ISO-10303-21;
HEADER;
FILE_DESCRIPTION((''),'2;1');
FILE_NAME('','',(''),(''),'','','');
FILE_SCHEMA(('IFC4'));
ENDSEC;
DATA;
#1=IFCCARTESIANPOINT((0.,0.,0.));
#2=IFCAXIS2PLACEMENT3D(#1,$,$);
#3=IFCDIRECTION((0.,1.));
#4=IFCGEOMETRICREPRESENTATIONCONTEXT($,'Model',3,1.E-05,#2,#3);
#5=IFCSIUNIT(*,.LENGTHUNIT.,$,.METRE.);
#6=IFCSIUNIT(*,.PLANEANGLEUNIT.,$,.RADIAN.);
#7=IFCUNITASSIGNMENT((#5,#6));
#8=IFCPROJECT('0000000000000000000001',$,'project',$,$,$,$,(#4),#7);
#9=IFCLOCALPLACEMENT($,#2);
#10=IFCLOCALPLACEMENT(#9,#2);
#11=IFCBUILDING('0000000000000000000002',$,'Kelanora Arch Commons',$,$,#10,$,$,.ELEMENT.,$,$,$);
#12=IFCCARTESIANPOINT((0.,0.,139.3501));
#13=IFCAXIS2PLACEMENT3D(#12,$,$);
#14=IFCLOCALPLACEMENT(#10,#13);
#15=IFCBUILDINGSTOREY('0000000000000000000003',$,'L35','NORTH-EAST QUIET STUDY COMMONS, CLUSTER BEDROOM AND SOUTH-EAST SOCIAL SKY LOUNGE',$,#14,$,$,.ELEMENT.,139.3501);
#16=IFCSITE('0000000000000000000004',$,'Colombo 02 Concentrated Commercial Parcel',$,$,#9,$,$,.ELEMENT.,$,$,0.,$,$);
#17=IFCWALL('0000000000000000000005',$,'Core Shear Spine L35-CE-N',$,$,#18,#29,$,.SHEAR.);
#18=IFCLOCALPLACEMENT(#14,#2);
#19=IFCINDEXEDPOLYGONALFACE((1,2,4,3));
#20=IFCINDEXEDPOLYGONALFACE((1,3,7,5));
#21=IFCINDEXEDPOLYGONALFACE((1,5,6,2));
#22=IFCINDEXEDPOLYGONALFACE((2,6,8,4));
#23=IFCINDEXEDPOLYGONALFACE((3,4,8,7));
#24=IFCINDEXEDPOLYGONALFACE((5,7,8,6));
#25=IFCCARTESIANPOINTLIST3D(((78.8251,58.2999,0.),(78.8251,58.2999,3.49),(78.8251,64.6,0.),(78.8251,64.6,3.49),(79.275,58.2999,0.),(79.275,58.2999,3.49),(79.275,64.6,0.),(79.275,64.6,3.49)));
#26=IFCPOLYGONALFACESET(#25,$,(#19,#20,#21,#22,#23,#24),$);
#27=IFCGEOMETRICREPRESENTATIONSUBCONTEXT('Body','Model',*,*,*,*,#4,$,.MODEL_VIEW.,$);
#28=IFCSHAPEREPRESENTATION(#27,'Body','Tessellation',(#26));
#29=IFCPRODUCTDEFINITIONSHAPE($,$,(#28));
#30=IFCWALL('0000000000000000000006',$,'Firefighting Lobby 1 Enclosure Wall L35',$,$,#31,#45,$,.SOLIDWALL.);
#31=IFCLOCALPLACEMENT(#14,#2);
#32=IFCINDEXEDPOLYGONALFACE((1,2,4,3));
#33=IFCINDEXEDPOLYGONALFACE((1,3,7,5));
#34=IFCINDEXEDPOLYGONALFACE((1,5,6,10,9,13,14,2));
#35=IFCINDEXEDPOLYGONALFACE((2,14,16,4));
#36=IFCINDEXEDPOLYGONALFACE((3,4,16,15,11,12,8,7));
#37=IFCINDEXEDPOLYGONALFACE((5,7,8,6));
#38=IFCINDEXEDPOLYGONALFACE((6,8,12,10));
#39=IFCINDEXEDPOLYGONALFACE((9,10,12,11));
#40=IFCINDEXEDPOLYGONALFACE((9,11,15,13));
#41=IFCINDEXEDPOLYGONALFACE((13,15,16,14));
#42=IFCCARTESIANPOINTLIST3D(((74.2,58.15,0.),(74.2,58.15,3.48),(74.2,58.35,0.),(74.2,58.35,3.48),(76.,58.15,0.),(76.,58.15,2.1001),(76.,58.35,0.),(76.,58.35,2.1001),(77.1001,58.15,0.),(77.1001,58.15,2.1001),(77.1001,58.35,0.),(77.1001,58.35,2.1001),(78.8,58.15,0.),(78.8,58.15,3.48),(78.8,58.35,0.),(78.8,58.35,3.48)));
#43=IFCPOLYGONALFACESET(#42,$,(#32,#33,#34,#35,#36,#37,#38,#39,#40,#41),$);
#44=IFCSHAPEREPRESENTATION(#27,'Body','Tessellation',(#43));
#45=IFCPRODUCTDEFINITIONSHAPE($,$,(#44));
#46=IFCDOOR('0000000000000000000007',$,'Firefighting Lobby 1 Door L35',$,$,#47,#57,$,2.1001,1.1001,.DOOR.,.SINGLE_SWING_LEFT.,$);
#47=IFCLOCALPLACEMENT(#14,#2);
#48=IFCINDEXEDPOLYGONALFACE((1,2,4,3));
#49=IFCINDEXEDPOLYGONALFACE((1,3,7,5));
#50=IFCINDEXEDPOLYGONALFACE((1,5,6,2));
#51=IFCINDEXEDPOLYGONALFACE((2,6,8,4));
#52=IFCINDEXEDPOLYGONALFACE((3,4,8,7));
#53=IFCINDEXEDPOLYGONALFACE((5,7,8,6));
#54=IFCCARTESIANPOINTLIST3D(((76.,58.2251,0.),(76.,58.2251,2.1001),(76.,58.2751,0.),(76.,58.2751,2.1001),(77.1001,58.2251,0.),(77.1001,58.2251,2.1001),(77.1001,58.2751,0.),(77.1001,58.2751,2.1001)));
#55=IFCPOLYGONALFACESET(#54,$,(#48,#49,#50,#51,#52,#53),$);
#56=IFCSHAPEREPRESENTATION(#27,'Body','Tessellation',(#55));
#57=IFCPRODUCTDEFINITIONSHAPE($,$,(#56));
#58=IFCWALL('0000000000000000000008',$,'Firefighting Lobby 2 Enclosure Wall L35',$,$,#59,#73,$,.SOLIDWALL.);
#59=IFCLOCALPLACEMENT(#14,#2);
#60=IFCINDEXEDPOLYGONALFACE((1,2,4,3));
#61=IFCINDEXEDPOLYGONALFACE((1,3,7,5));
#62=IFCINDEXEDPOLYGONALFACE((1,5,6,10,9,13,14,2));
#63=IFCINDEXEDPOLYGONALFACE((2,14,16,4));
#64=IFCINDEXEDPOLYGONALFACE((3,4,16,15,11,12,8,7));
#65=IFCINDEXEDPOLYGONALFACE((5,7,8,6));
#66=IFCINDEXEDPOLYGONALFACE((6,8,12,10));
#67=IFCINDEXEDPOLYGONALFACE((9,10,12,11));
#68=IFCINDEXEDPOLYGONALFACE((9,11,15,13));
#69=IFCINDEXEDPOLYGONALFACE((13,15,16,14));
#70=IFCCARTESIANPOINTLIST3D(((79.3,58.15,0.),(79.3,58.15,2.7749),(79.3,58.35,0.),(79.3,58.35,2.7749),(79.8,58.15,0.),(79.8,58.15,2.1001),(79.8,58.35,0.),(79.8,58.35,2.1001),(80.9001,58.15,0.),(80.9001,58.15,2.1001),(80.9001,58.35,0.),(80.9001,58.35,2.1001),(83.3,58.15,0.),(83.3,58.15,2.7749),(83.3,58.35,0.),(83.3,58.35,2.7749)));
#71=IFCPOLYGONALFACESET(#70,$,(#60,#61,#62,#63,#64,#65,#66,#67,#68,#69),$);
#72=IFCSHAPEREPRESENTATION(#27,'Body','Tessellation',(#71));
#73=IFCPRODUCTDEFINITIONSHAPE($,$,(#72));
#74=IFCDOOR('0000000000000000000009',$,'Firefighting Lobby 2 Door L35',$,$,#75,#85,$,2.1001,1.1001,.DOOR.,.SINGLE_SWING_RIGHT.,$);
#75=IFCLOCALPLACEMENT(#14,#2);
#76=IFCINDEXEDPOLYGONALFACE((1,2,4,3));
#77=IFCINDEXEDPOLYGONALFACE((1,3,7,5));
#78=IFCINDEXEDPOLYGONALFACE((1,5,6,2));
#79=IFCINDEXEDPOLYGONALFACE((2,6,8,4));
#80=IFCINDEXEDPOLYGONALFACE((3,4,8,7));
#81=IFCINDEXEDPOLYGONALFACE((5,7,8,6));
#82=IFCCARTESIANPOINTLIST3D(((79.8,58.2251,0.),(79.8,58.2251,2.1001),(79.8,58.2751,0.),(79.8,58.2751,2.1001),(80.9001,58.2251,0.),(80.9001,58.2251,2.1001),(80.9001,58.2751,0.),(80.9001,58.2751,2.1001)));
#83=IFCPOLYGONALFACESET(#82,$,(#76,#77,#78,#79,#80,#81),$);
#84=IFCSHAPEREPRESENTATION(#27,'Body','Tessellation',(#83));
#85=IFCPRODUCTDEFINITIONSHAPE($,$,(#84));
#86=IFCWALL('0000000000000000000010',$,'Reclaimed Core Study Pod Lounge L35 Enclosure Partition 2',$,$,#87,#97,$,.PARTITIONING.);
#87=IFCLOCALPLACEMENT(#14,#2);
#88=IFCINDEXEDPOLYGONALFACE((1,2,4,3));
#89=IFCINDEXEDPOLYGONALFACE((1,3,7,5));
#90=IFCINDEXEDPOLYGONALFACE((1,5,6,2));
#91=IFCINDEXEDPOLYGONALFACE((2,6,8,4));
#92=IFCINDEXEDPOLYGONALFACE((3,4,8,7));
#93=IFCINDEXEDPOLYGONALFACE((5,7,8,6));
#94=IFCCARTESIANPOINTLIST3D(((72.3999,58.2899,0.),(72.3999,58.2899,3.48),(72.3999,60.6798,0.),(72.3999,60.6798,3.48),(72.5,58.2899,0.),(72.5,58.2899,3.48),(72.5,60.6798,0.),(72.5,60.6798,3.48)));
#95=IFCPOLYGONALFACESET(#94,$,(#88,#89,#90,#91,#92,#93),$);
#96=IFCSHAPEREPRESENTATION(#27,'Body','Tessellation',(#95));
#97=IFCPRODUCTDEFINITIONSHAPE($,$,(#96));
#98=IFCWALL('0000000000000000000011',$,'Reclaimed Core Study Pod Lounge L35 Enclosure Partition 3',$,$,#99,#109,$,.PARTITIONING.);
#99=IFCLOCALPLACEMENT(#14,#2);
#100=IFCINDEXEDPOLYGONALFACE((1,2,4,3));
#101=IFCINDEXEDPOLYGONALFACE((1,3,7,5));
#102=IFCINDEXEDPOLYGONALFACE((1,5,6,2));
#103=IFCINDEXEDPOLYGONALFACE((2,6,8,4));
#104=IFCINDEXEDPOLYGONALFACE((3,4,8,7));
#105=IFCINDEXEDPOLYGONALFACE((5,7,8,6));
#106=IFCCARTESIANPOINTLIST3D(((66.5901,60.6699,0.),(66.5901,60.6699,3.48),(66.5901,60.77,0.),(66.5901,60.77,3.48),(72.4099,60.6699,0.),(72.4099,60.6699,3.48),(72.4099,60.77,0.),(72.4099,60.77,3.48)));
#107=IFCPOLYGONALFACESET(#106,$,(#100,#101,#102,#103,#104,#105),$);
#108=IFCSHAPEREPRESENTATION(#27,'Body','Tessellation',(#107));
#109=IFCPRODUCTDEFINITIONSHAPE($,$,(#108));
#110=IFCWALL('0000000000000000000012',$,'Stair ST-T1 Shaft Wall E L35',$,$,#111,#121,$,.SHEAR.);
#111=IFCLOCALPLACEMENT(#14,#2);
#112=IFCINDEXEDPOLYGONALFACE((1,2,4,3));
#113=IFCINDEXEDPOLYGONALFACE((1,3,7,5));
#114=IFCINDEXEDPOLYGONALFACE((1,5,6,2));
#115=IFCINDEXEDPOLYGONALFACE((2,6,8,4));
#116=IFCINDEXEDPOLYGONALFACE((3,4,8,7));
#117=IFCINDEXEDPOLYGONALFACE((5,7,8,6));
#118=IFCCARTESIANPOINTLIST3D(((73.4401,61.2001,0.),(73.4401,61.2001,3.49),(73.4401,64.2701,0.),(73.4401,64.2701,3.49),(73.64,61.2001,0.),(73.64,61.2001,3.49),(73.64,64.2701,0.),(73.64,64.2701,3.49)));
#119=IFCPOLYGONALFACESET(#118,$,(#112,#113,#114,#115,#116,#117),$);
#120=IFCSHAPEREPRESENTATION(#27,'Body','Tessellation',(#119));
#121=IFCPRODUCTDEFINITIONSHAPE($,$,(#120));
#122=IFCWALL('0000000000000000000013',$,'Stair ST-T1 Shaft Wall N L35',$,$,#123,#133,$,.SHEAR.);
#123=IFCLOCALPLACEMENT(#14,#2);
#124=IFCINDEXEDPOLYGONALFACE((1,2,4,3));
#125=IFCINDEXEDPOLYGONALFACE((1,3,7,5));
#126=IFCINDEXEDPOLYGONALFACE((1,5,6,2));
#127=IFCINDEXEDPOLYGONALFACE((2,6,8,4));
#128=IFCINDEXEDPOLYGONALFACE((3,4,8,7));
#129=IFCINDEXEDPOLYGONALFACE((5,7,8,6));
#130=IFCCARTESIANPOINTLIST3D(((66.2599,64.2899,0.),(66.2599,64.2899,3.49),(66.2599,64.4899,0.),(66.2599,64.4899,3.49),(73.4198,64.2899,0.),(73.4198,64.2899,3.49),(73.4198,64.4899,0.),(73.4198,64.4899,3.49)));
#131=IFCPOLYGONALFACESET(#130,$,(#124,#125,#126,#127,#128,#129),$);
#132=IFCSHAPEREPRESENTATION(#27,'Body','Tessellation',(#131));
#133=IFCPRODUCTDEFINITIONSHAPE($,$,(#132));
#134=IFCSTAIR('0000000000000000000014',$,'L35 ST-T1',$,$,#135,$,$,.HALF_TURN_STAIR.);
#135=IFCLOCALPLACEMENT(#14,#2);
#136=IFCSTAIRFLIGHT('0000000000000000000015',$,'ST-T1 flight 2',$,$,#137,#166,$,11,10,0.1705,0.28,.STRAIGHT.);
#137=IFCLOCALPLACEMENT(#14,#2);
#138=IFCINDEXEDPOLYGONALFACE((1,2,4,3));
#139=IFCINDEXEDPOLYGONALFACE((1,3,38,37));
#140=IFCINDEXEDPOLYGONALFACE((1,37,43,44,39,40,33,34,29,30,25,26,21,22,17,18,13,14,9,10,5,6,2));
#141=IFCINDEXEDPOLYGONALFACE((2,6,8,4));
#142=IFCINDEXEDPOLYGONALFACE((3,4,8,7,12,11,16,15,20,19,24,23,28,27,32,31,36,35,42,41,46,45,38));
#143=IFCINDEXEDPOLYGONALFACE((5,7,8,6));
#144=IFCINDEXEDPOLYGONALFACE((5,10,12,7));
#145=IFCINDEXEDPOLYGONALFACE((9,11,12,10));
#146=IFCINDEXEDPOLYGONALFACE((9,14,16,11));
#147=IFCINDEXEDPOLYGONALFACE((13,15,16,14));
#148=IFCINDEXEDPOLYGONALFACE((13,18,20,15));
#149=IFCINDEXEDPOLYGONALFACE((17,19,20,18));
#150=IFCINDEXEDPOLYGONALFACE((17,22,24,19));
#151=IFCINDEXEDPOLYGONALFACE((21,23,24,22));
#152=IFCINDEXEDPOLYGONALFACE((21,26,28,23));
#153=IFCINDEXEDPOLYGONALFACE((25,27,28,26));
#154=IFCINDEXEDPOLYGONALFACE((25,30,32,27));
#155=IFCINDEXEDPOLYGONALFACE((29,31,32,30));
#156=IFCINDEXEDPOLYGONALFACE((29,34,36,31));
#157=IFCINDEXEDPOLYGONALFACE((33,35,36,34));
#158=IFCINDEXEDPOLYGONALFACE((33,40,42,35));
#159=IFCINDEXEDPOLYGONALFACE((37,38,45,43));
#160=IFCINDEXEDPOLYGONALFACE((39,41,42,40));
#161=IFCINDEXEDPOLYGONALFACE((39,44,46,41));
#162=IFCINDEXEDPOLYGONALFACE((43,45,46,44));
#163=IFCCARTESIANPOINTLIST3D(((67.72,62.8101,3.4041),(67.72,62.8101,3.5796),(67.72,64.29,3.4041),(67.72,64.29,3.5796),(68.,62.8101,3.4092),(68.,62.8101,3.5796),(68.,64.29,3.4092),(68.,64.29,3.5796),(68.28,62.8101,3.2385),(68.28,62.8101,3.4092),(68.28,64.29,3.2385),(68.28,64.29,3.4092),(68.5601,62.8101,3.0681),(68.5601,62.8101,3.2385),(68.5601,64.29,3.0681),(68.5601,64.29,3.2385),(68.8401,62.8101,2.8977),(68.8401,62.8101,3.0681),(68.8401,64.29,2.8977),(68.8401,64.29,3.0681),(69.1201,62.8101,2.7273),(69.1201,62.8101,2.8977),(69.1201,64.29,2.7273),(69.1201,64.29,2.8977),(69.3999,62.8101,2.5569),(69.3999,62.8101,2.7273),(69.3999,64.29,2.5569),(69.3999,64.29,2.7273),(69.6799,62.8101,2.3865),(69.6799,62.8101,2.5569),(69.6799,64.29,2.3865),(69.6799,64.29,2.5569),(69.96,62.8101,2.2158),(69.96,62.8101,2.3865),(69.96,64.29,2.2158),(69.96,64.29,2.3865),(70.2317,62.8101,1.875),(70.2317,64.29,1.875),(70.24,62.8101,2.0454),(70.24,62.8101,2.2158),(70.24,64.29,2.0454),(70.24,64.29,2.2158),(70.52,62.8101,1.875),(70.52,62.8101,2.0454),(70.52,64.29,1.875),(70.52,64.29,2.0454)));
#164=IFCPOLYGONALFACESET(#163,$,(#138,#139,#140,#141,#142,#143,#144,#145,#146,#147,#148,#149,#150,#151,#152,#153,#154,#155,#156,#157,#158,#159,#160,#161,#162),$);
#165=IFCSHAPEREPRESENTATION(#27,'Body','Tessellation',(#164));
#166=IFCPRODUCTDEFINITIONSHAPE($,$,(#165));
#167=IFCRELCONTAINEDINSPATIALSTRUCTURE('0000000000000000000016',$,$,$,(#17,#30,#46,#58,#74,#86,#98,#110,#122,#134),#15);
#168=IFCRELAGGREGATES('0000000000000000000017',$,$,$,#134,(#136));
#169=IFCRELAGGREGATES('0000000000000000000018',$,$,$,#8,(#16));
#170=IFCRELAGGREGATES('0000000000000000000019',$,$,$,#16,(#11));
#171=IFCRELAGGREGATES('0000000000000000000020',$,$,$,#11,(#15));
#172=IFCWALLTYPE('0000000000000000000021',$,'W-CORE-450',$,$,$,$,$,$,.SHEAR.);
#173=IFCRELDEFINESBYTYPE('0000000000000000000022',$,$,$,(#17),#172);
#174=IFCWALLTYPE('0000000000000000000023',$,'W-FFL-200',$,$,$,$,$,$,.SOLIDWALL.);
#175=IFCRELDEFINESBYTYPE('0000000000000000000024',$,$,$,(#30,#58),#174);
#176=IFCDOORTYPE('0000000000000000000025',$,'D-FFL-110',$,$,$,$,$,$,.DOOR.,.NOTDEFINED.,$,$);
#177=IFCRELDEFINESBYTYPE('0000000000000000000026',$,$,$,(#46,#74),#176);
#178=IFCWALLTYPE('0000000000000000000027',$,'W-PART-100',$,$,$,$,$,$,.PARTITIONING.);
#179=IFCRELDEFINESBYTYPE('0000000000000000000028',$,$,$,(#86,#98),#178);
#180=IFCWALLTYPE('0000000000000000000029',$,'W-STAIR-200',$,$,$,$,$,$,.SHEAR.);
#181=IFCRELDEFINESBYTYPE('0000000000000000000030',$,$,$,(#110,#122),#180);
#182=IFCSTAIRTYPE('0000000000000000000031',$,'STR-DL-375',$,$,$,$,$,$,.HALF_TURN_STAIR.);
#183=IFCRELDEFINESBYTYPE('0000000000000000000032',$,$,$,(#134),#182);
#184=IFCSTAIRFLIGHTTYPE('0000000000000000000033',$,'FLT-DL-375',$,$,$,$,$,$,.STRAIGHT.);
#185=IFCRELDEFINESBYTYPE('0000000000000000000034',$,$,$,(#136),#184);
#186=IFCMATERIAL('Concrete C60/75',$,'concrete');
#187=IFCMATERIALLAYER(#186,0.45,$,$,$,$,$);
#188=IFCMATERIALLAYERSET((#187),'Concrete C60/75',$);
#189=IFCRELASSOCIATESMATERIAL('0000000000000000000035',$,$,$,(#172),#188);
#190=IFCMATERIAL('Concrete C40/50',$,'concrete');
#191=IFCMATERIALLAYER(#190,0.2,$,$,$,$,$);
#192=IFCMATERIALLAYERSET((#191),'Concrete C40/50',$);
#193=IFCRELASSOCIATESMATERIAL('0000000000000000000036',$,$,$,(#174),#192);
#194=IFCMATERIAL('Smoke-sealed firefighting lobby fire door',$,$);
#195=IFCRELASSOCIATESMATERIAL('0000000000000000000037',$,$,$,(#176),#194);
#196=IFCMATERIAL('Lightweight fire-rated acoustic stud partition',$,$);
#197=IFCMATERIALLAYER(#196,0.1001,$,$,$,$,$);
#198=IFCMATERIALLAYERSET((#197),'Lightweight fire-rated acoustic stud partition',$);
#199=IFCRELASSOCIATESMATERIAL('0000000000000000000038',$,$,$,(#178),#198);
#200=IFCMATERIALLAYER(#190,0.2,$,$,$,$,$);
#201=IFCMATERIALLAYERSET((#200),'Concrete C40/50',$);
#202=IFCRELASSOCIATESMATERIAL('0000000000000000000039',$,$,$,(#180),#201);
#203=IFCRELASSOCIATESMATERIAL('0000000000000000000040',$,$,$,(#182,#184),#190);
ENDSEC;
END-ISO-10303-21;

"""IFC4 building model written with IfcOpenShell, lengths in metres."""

from ifc_helpers import new_model, si_unit, direction, frame, frame_2d, origin, place, context, subcontext, project, spatial, polyline, rectangle, outline, extrude, material, layer, layer_set, type_object, element, fill, aggregate, save


model = new_model("IFC4")

# Units and contexts
model_context = context("Model", 3, precision=1e-05, world=origin(), true_north=direction((0.0, 1.0)))
body_context = subcontext(model_context, "Body", "Model", "MODEL_VIEW")
ifc_project = project(units=[si_unit("LENGTHUNIT", "METRE"), si_unit("PLANEANGLEUNIT", "RADIAN")], contexts=[model_context])

# Site, building, storey
site_placement = place(None, origin())
site = spatial("IfcSite", under=ifc_project, at=site_placement, Name="Colombo 02 Concentrated Commercial Parcel", CompositionType="ELEMENT", RefElevation=0.0)
building_placement = place(site_placement, origin())
building = spatial("IfcBuilding", under=site, at=building_placement, Name="Kelanora Arch Commons", CompositionType="ELEMENT")
storey_placement = place(building_placement, frame((0.0, 0.0, 139.3501)))
storey = spatial("IfcBuildingStorey", under=building, at=storey_placement, Name="L35", Description="NORTH-EAST QUIET STUDY COMMONS, CLUSTER BEDROOM AND SOUTH-EAST SOCIAL SKY LOUNGE", CompositionType="ELEMENT", Elevation=139.3501)

# Shared definitions
ifc_material_1 = material(Name="Concrete C60/75", Category="concrete")

# Wall
ifc_layer_1 = layer(ifc_material_1, 0.45)
ifc_layer_set_1 = layer_set([ifc_layer_1], Name="Concrete C60/75")
wall_type_1 = type_object("IfcWallType", Name="W-CORE-450", PredefinedType="SHEAR", material=ifc_layer_set_1)
wall_1_placement = place(storey_placement, frame((79.05, 58.3, 0.0), z_axis=(0.0, 0.0, 1.0), x_axis=(0.0, 1.0, 0.0)))
element("IfcWall", 1, at=wall_1_placement, inside=storey, type_object=wall_type_1, Name="Core Shear Spine L35-CE-N", PredefinedType="SHEAR", context=body_context, shape_type="SweptSolid", body=[
    extrude(rectangle(XDim=6.3, YDim=0.45, at=frame_2d((3.1499, 0.0))), origin(), (0.0, 0.0, 1.0), 3.49),
])

# Walls, openings, doors
ifc_material_2 = material(Name="Concrete C40/50", Category="concrete")
ifc_layer_2 = layer(ifc_material_2, 0.2)
ifc_layer_set_2 = layer_set([ifc_layer_2], Name="Concrete C40/50")
wall_type_2 = type_object("IfcWallType", Name="W-FFL-200", PredefinedType="SOLIDWALL", material=ifc_layer_set_2)
wall_2_placement = place(storey_placement, frame((74.2, 58.25, 0.0), z_axis=(0.0, 0.0, 1.0), x_axis=(1.0, 0.0, 0.0)))
wall_2 = element("IfcWall", 2, at=wall_2_placement, inside=storey, type_object=wall_type_2, Name="Firefighting Lobby 1 Enclosure Wall L35", PredefinedType="SOLIDWALL", context=body_context, shape_type="SweptSolid", body=[
    extrude(rectangle(XDim=4.6001, YDim=0.2, at=frame_2d((2.3, 0.0))), origin(), (0.0, 0.0, 1.0), 3.48),
])
opening_1_placement = place(wall_2_placement, frame((1.8, 0.0, 0.0)))
opening_1 = element("IfcOpeningElement", 3, at=opening_1_placement, cuts=wall_2, PredefinedType="OPENING", context=body_context, shape_type="SweptSolid", body=[
    extrude(rectangle(XDim=1.1001, YDim=2.1001, at=frame_2d((0.55, 1.05))), frame((0.0, 0.1099, 0.0), z_axis=(0.0, -1.0, 0.0), x_axis=(1.0, 0.0, 0.0)), (0.0, 0.0, 1.0), 0.22),
])
ifc_material_3 = material(Name="Smoke-sealed firefighting lobby fire door")
door_type_1 = type_object("IfcDoorType", Name="D-FFL-110", OperationType="NOTDEFINED", PredefinedType="DOOR", material=ifc_material_3)
door_1_placement = place(opening_1_placement, frame((1.1001, 0.0, 0.0), z_axis=(0.0, 0.0, 1.0), x_axis=(-1.0, 0.0, 0.0)))
door_1 = element("IfcDoor", 4, at=door_1_placement, inside=storey, type_object=door_type_1, Name="Firefighting Lobby 1 Door L35", OperationType="SINGLE_SWING_LEFT", OverallHeight=2.1001, OverallWidth=1.1001, PredefinedType="DOOR", context=body_context, shape_type="SweptSolid", body=[
    extrude(rectangle(XDim=1.1001, YDim=2.1001, at=frame_2d((0.55, 1.05))), frame((0.0, 0.0249, 0.0), z_axis=(0.0, -1.0, 0.0), x_axis=(1.0, 0.0, 0.0)), (0.0, 0.0, 1.0), 0.05),
])
fill(opening_1, door_1)
wall_3_placement = place(storey_placement, frame((79.3, 58.25, 0.0), z_axis=(0.0, 0.0, 1.0), x_axis=(1.0, 0.0, 0.0)))
wall_3 = element("IfcWall", 5, at=wall_3_placement, inside=storey, type_object=wall_type_2, Name="Firefighting Lobby 2 Enclosure Wall L35", PredefinedType="SOLIDWALL", context=body_context, shape_type="SweptSolid", body=[
    extrude(rectangle(XDim=4.0, YDim=0.2, at=frame_2d((2.0, 0.0))), origin(), (0.0, 0.0, 1.0), 2.7749),
])
opening_2_placement = place(wall_3_placement, frame((0.5, 0.0, 0.0)))
opening_2 = element("IfcOpeningElement", 6, at=opening_2_placement, cuts=wall_3, PredefinedType="OPENING", context=body_context, shape_type="SweptSolid", body=[
    extrude(rectangle(XDim=1.1001, YDim=2.1001, at=frame_2d((0.55, 1.05))), frame((0.0, 0.1099, 0.0), z_axis=(0.0, -1.0, 0.0), x_axis=(1.0, 0.0, 0.0)), (0.0, 0.0, 1.0), 0.22),
])
door_2_placement = place(opening_2_placement, frame((1.1001, 0.0, 0.0), z_axis=(0.0, 0.0, 1.0), x_axis=(-1.0, 0.0, 0.0)))
door_2 = element("IfcDoor", 7, at=door_2_placement, inside=storey, type_object=door_type_1, Name="Firefighting Lobby 2 Door L35", OperationType="SINGLE_SWING_RIGHT", OverallHeight=2.1001, OverallWidth=1.1001, PredefinedType="DOOR", context=body_context, shape_type="SweptSolid", body=[
    extrude(rectangle(XDim=1.1001, YDim=2.1001, at=frame_2d((0.55, 1.05))), frame((0.0, 0.0249, 0.0), z_axis=(0.0, -1.0, 0.0), x_axis=(1.0, 0.0, 0.0)), (0.0, 0.0, 1.0), 0.05),
])
fill(opening_2, door_2)

# Walls
ifc_material_4 = material(Name="Lightweight fire-rated acoustic stud partition")
ifc_layer_3 = layer(ifc_material_4, 0.1001)
ifc_layer_set_3 = layer_set([ifc_layer_3], Name="Lightweight fire-rated acoustic stud partition")
wall_type_3 = type_object("IfcWallType", Name="W-PART-100", PredefinedType="PARTITIONING", material=ifc_layer_set_3)
wall_4_placement = place(storey_placement, frame((72.45, 58.29, 0.0), z_axis=(0.0, 0.0, 1.0), x_axis=(0.0, 1.0, 0.0)))
element("IfcWall", 8, at=wall_4_placement, inside=storey, type_object=wall_type_3, Name="Reclaimed Core Study Pod Lounge L35 Enclosure Partition 2", PredefinedType="PARTITIONING", context=body_context, shape_type="SweptSolid", body=[
    extrude(rectangle(XDim=2.3899, YDim=0.1001, at=frame_2d((1.1948, 0.0))), origin(), (0.0, 0.0, 1.0), 3.48),
])
wall_5_placement = place(storey_placement, frame((72.4099, 60.72, 0.0), z_axis=(0.0, 0.0, 1.0), x_axis=(-1.0, 0.0, 0.0)))
element("IfcWall", 9, at=wall_5_placement, inside=storey, type_object=wall_type_3, Name="Reclaimed Core Study Pod Lounge L35 Enclosure Partition 3", PredefinedType="PARTITIONING", context=body_context, shape_type="SweptSolid", body=[
    extrude(rectangle(XDim=5.8198, YDim=0.1001, at=frame_2d((2.9099, 0.0))), origin(), (0.0, 0.0, 1.0), 3.48),
])
ifc_layer_4 = layer(ifc_material_2, 0.2)
ifc_layer_set_4 = layer_set([ifc_layer_4], Name="Concrete C40/50")
wall_type_4 = type_object("IfcWallType", Name="W-STAIR-200", PredefinedType="SHEAR", material=ifc_layer_set_4)
wall_6_placement = place(storey_placement, frame((73.54, 61.2, 0.0), z_axis=(0.0, 0.0, 1.0), x_axis=(0.0, 1.0, 0.0)))
element("IfcWall", 10, at=wall_6_placement, inside=storey, type_object=wall_type_4, Name="Stair ST-T1 Shaft Wall E L35", PredefinedType="SHEAR", context=body_context, shape_type="SweptSolid", body=[
    extrude(rectangle(XDim=3.0701, YDim=0.2, at=frame_2d((1.5352, 0.0))), origin(), (0.0, 0.0, 1.0), 3.49),
])
wall_7_placement = place(storey_placement, frame((73.4199, 64.3899, 0.0), z_axis=(0.0, 0.0, 1.0), x_axis=(-1.0, 0.0, 0.0)))
element("IfcWall", 11, at=wall_7_placement, inside=storey, type_object=wall_type_4, Name="Stair ST-T1 Shaft Wall N L35", PredefinedType="SHEAR", context=body_context, shape_type="SweptSolid", body=[
    extrude(rectangle(XDim=7.1599, YDim=0.2, at=frame_2d((3.5801, 0.0))), origin(), (0.0, 0.0, 1.0), 3.49),
])

# Stair, stair flight
stair_type = type_object("IfcStairType", Name="STR-DL-375", PredefinedType="HALF_TURN_STAIR", material=ifc_material_2)
stair_placement = place(storey_placement, origin())
stair = element("IfcStair", 12, at=stair_placement, inside=storey, type_object=stair_type, Name="L35 ST-T1", PredefinedType="HALF_TURN_STAIR")
stair_flight_type = type_object("IfcStairFlightType", Name="FLT-DL-375", PredefinedType="STRAIGHT", material=ifc_material_2)
stair_flight_placement = place(storey_placement, frame((70.52, 63.55, 1.875), z_axis=(0.0, 0.0, 1.0), x_axis=(-1.0, 0.0, 0.0)))
stair_flight = element("IfcStairFlight", 13, at=stair_flight_placement, type_object=stair_flight_type, Name="ST-T1 flight 2", NumberOfRisers=11, NumberOfTreads=10, PredefinedType="STRAIGHT", RiserHeight=0.1705, TreadLength=0.28, context=body_context, shape_type="SweptSolid", body=[
    extrude(outline(polyline([(0.0, 0.0), (0.0, 0.1704), (0.28, 0.1704), (0.28, 0.3408), (0.5601, 0.3408), (0.5601, 0.5115), (0.8401, 0.5115), (0.8401, 0.6819), (1.1201, 0.6819), (1.1201, 0.8523), (1.3999, 0.8523), (1.3999, 1.0227), (1.6799, 1.0227), (1.6799, 1.1931), (1.96, 1.1931), (1.96, 1.3635), (2.24, 1.3635), (2.24, 1.5342), (2.52, 1.5342), (2.52, 1.7046), (2.8, 1.7046), (2.8, 1.875), (2.8, 1.5291), (0.2883, 0.0), (0.0, 0.0)])), frame((0.0, 0.74, 0.0), z_axis=(0.0, -1.0, 0.0), x_axis=(1.0, 0.0, 0.0)), (0.0, 0.0, 1.0), 1.48),
])
aggregate(stair, [stair_flight])

save(model, "model.ifc")
